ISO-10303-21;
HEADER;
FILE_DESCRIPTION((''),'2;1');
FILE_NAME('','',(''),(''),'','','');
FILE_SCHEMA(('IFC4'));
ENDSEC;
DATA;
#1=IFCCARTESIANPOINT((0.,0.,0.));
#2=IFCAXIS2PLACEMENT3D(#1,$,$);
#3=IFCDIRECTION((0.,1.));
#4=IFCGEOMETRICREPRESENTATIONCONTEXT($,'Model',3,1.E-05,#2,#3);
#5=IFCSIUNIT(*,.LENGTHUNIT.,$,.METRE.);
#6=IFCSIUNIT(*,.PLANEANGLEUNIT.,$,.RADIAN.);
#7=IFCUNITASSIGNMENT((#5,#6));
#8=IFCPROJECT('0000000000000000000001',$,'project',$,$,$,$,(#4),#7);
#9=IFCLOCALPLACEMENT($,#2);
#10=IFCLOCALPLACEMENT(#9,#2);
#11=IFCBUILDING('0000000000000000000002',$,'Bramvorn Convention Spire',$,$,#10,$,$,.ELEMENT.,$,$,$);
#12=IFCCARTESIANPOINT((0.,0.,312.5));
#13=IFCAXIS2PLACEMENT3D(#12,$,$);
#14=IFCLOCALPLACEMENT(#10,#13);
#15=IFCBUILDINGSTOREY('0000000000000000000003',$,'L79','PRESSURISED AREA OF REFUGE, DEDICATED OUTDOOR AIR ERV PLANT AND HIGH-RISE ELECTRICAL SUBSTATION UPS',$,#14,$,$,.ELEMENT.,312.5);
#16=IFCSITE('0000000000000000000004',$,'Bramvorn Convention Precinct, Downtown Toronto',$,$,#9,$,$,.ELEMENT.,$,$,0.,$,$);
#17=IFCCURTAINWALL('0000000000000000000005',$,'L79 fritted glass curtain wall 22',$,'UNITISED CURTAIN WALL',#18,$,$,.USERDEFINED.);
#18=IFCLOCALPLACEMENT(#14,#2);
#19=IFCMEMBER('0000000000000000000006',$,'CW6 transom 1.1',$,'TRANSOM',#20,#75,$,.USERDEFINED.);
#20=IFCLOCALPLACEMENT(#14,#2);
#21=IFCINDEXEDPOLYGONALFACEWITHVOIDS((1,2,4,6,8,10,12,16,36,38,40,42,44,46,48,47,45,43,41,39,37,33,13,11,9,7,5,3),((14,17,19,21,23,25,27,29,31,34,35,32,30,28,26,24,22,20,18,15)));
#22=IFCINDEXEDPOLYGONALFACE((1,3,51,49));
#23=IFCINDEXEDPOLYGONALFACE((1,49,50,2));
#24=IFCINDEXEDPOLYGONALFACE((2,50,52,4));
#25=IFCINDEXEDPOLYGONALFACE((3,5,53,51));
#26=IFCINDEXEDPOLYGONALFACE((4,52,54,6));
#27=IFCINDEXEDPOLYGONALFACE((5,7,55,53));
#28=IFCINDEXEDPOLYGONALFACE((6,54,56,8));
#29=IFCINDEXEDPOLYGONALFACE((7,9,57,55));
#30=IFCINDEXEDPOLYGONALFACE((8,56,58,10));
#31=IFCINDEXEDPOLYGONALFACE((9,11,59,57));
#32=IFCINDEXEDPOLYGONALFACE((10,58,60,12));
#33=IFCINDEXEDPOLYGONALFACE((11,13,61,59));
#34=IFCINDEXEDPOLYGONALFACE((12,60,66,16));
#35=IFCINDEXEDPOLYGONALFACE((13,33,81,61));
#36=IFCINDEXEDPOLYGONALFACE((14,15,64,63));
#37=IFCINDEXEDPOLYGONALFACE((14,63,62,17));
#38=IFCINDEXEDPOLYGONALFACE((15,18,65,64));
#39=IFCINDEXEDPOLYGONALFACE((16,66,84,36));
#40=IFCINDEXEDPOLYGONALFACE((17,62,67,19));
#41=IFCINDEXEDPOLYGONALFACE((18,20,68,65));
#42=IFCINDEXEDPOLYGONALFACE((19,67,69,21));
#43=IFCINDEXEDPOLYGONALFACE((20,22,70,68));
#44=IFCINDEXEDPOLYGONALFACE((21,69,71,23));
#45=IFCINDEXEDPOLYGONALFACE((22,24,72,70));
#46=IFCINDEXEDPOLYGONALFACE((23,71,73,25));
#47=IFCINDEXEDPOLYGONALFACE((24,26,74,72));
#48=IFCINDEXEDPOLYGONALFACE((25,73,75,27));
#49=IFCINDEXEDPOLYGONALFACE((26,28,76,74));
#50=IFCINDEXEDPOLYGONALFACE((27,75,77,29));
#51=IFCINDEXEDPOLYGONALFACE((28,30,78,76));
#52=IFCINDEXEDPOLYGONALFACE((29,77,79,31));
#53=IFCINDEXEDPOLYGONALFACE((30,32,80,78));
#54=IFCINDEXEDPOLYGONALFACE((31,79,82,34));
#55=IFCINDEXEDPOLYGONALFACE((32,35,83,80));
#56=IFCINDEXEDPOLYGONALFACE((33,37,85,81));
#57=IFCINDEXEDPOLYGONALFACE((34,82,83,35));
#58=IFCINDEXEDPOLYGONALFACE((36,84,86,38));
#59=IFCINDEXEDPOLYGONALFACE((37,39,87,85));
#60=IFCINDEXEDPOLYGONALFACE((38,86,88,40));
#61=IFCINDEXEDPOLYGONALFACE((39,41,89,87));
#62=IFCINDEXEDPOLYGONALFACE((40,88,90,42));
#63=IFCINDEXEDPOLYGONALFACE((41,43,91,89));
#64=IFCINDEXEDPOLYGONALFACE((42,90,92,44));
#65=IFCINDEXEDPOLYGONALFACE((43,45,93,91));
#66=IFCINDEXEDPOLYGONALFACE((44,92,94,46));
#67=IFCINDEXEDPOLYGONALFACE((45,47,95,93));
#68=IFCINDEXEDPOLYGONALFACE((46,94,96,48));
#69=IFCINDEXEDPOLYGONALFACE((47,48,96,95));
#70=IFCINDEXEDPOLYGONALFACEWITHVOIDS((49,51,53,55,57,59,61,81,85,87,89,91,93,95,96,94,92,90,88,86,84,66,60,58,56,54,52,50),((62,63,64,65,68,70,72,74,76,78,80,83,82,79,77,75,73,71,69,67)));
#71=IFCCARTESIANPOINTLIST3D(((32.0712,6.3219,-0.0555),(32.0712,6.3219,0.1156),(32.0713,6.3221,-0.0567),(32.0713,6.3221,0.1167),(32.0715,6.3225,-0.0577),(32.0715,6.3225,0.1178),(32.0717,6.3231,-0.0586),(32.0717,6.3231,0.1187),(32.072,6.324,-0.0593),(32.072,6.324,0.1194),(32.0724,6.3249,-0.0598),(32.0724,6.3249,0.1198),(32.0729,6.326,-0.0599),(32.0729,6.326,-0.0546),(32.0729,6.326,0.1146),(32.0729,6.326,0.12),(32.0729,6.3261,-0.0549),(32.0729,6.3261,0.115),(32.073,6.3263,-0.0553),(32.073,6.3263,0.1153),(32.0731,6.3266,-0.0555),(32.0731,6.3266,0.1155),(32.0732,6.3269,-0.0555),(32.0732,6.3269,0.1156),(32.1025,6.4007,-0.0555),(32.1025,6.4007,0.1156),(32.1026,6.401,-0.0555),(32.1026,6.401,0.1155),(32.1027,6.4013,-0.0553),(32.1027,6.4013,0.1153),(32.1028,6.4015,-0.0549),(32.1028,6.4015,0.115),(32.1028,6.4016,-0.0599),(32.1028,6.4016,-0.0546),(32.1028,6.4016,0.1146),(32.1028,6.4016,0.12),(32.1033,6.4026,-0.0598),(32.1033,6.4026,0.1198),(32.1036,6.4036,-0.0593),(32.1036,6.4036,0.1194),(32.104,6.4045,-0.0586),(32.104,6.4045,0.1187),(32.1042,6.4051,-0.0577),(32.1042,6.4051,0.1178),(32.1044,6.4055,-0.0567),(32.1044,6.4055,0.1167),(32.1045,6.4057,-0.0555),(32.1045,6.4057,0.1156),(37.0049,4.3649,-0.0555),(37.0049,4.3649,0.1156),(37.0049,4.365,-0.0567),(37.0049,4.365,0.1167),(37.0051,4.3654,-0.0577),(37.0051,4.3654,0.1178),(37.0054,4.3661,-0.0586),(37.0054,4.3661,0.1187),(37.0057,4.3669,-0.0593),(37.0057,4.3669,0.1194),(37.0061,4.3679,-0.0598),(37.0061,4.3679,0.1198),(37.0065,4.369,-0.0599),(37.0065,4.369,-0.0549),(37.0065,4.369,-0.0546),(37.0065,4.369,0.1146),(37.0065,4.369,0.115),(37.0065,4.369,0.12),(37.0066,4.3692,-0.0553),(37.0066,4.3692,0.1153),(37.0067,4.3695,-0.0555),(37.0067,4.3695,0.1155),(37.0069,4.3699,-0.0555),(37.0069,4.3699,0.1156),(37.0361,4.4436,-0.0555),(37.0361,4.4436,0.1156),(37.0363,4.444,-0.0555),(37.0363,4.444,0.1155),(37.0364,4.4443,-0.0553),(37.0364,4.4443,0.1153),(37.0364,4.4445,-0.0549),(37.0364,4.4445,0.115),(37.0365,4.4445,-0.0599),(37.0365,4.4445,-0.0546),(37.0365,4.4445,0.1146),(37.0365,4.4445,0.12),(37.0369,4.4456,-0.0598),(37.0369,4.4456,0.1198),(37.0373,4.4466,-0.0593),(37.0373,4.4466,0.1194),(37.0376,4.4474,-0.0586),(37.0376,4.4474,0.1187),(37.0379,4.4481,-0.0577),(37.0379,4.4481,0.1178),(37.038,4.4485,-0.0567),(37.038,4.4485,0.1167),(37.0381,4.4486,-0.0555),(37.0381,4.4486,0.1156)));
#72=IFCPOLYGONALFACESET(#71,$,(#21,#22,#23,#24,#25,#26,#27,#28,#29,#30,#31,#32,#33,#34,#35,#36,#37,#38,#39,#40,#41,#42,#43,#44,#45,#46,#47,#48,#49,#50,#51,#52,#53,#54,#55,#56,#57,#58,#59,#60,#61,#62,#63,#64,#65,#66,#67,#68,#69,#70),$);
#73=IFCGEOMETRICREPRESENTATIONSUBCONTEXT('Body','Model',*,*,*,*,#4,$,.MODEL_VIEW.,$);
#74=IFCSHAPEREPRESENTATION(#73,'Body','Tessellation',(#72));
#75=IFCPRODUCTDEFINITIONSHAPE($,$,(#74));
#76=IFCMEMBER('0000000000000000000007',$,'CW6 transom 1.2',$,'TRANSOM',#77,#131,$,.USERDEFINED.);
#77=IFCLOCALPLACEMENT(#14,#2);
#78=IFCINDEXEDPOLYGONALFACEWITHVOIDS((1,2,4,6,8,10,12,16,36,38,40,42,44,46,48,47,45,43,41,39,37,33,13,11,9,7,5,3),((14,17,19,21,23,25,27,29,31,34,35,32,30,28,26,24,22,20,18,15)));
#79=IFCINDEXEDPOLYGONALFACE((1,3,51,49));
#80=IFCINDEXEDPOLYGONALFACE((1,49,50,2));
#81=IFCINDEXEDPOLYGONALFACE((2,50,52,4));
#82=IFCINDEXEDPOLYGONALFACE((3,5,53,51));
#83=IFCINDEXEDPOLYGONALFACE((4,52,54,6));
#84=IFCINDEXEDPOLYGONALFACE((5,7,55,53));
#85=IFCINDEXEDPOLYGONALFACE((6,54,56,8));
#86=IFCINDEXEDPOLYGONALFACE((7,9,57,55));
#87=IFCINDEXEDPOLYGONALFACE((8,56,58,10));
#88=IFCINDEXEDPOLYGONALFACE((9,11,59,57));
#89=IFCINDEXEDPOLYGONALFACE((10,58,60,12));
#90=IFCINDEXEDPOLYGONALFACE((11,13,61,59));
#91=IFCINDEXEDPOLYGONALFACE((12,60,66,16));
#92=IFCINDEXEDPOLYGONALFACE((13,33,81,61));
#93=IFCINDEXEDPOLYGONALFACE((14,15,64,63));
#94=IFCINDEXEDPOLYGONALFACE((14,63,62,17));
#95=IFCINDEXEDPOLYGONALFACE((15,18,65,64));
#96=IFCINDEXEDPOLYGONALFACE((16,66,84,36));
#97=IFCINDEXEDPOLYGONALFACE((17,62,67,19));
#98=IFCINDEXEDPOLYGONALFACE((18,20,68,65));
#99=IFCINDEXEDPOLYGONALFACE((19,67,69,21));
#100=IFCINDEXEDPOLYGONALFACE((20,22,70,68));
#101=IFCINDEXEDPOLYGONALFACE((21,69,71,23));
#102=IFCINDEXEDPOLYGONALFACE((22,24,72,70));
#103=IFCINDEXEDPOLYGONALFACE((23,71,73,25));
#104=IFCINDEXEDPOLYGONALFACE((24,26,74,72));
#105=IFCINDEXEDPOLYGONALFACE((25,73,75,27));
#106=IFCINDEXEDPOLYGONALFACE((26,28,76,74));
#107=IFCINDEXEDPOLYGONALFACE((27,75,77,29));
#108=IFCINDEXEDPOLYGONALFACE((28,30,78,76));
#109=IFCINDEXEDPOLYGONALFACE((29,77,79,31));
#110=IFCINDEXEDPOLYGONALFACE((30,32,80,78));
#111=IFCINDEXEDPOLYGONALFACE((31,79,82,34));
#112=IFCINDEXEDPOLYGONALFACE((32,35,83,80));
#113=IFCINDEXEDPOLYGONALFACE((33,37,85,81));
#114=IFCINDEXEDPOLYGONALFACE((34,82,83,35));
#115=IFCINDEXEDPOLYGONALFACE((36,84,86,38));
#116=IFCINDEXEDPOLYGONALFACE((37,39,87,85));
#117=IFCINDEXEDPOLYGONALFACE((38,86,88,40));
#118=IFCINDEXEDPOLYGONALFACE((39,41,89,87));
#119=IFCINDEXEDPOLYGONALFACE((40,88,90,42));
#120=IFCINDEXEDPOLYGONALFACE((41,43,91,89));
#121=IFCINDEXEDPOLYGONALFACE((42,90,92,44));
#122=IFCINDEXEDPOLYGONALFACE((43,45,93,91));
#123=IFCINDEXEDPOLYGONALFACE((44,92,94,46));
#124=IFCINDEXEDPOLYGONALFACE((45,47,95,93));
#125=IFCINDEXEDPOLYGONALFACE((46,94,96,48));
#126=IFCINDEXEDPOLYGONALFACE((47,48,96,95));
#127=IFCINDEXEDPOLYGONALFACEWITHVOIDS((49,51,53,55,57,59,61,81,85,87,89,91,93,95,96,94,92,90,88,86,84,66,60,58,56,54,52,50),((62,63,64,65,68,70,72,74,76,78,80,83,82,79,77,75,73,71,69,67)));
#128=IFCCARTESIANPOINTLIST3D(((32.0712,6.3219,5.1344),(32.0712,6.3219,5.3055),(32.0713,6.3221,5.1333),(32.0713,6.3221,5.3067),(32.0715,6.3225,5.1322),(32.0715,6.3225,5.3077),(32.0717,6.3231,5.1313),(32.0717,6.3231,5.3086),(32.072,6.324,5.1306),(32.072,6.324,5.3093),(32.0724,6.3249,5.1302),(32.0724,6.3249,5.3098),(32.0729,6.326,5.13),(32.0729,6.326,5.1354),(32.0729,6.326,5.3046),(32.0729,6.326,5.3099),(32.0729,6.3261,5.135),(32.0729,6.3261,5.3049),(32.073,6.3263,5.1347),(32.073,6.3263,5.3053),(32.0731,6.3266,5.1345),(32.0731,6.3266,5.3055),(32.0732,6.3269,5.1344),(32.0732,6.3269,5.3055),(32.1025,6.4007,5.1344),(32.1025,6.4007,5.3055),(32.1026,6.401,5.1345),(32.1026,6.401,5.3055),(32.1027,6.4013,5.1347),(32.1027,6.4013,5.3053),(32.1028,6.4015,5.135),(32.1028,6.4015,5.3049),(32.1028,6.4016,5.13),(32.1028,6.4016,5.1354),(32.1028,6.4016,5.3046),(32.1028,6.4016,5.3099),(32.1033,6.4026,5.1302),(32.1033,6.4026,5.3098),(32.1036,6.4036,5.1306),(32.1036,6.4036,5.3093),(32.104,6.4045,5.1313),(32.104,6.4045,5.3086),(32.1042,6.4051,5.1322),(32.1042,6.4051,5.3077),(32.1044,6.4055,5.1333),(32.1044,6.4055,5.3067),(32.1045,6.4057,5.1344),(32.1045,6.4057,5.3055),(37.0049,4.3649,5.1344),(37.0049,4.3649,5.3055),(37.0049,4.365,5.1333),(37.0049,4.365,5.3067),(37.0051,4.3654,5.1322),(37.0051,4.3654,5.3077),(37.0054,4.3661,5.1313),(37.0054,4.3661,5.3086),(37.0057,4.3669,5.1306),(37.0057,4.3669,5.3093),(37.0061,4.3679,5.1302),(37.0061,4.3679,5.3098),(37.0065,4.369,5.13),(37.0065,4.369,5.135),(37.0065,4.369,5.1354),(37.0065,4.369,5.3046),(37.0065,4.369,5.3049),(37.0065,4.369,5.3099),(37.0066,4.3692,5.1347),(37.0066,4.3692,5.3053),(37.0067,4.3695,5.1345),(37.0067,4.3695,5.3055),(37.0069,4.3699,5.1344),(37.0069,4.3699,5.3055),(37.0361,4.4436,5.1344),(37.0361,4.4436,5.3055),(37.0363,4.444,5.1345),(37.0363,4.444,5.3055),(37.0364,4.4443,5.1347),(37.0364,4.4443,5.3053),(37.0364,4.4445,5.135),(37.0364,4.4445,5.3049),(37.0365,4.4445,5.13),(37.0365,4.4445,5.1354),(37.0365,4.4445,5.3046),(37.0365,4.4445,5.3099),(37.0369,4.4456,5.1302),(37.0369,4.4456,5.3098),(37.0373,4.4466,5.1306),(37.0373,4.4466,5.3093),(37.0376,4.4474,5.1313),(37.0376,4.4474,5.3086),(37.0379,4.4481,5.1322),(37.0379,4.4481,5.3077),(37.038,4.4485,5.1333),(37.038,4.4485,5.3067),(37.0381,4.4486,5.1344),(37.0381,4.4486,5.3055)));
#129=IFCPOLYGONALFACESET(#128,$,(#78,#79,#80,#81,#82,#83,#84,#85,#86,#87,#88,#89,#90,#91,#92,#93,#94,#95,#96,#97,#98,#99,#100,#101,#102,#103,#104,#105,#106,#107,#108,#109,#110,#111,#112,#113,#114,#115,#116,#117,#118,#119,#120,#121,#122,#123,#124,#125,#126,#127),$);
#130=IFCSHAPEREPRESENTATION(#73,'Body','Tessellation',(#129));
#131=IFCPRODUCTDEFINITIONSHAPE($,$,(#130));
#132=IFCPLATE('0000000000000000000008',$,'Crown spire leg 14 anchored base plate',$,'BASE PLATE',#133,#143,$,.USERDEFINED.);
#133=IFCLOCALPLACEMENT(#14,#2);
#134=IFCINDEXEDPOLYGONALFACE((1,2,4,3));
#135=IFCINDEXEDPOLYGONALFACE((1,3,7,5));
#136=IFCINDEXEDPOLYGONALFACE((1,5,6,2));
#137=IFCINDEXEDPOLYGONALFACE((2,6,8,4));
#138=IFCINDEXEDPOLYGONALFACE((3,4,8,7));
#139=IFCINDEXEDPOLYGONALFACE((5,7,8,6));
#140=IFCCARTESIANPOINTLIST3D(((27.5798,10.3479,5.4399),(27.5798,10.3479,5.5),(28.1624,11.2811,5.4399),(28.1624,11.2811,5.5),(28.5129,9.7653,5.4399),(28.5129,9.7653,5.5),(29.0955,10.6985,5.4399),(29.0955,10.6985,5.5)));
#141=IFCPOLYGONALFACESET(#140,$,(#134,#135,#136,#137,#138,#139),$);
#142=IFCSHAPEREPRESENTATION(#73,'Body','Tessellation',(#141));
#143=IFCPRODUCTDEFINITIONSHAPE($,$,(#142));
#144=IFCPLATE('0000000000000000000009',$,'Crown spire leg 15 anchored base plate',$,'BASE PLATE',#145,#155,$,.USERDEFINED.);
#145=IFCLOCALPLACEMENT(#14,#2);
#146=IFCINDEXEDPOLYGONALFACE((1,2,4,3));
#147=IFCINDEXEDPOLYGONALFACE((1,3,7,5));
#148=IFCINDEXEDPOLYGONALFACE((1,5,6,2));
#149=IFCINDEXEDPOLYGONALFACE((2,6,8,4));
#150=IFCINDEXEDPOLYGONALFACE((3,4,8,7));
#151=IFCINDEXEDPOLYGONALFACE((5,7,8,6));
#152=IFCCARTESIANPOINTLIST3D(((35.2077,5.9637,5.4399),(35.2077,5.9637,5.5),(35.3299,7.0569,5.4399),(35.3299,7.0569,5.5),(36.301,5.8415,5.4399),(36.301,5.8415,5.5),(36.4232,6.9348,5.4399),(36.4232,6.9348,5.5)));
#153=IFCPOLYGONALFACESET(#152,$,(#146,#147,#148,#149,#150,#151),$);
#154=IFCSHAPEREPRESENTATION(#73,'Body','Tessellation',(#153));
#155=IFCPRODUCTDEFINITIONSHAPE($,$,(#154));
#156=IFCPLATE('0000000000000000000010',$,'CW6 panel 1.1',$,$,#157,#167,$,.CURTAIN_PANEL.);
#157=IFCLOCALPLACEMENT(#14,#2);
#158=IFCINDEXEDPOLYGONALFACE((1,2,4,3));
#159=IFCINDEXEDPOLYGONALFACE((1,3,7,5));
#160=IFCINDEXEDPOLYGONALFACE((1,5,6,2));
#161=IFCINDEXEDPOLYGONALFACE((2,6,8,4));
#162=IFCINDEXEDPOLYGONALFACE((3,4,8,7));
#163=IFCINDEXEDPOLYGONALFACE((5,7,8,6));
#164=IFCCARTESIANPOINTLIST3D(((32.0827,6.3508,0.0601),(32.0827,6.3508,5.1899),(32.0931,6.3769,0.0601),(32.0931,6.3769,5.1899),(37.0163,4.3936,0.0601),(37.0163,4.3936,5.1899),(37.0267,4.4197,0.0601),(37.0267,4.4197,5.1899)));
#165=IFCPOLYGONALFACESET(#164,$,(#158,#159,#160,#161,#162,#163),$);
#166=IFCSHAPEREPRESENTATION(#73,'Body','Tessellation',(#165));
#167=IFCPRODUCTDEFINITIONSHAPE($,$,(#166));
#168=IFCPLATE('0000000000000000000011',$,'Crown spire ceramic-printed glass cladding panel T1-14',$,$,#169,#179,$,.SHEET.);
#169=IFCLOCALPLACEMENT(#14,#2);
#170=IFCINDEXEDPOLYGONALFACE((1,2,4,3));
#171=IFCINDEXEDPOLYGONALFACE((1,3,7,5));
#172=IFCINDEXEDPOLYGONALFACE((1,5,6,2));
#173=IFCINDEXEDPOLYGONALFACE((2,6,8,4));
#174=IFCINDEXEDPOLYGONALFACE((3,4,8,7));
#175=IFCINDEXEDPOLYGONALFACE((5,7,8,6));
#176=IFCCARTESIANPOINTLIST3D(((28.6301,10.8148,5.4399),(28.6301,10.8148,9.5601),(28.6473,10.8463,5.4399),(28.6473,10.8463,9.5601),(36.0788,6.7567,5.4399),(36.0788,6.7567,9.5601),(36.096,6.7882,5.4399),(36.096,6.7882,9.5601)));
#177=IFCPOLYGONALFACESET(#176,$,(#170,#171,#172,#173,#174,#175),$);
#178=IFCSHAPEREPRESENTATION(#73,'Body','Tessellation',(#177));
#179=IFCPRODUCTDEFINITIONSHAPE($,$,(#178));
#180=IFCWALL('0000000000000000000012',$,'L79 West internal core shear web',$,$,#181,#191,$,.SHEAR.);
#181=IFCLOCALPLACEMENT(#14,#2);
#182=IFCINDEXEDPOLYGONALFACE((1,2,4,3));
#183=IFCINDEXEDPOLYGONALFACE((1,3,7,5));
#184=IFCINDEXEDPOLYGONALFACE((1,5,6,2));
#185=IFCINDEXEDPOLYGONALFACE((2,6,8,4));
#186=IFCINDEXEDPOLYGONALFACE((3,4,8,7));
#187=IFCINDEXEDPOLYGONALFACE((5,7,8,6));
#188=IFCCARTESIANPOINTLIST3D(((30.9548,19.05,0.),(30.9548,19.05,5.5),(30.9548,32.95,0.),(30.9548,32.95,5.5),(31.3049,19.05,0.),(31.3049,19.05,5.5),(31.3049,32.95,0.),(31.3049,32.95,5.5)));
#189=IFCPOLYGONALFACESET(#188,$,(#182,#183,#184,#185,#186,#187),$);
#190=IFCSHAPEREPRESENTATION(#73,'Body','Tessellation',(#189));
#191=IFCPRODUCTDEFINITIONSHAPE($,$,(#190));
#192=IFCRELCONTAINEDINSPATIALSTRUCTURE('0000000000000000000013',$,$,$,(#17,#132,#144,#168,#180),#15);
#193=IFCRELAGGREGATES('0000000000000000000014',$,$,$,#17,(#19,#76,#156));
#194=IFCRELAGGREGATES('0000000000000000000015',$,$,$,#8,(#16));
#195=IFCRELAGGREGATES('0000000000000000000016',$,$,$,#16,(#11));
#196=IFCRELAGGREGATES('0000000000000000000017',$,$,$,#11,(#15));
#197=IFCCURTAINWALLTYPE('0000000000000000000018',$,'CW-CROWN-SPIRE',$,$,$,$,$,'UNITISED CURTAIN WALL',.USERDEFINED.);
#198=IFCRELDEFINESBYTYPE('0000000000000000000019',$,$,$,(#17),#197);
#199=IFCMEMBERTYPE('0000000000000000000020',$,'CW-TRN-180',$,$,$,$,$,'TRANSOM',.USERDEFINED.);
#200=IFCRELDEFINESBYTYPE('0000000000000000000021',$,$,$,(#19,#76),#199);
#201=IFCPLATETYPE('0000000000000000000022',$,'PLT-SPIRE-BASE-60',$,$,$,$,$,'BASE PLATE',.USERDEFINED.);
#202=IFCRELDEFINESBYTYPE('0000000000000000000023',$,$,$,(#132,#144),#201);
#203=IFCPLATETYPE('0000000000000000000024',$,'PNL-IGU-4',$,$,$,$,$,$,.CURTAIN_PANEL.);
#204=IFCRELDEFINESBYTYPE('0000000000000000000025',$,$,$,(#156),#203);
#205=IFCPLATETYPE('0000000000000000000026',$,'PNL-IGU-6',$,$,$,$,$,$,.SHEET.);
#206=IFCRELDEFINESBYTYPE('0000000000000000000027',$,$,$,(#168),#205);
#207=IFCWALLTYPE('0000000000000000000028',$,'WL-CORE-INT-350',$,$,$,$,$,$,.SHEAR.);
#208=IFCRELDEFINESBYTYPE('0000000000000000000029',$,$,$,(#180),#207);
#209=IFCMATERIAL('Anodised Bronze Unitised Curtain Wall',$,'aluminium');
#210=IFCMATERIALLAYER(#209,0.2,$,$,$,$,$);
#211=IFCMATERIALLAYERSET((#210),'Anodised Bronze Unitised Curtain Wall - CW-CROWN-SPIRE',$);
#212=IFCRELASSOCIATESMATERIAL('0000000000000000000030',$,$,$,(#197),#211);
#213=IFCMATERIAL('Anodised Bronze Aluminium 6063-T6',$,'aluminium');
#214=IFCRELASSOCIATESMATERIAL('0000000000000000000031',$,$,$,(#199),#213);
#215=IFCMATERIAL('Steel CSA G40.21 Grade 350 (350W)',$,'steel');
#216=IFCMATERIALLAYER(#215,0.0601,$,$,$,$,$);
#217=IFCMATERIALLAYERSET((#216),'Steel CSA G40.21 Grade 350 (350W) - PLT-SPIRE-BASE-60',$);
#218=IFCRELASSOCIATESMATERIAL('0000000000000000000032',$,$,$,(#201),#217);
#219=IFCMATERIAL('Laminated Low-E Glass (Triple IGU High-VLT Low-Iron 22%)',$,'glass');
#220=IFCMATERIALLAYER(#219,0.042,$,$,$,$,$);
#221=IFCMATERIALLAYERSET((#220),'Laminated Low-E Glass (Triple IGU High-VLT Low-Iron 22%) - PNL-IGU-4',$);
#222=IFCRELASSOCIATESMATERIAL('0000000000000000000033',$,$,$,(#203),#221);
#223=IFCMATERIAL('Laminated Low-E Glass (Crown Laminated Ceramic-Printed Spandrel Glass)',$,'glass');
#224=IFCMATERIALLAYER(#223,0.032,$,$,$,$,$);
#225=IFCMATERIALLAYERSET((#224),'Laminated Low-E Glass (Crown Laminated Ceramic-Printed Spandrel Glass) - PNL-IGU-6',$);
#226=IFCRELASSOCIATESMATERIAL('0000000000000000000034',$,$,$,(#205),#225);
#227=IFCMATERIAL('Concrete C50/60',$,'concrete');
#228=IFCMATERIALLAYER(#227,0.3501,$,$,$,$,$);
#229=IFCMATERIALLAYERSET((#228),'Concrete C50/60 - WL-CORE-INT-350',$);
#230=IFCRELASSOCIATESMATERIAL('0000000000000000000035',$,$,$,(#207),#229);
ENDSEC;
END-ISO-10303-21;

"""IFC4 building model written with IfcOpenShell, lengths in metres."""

from ifc_helpers import new_model, si_unit, direction, frame, frame_2d, origin, origin_2d, place, context, subcontext, project, spatial, rectangle, hollow_rectangle, extrude, material, layer, layer_set, material_profile, profile_set, type_object, element, aggregate, save


model = new_model("IFC4")

# Units and contexts
model_context = context("Model", 3, precision=1e-05, world=origin(), true_north=direction((0.0, 1.0)))
body_context = subcontext(model_context, "Body", "Model", "MODEL_VIEW")
ifc_project = project(units=[si_unit("LENGTHUNIT", "METRE"), si_unit("PLANEANGLEUNIT", "RADIAN")], contexts=[model_context])

# Site, building, storey
site_placement = place(None, origin())
site = spatial("IfcSite", under=ifc_project, at=site_placement, Name="Bramvorn Convention Precinct, Downtown Toronto", CompositionType="ELEMENT", RefElevation=0.0)
building_placement = place(site_placement, origin())
building = spatial("IfcBuilding", under=site, at=building_placement, Name="Bramvorn Convention Spire", CompositionType="ELEMENT")
storey_placement = place(building_placement, frame((0.0, 0.0, 312.5)))
storey = spatial("IfcBuildingStorey", under=building, at=storey_placement, Name="L79", Description="PRESSURISED AREA OF REFUGE, DEDICATED OUTDOOR AIR ERV PLANT AND HIGH-RISE ELECTRICAL SUBSTATION UPS", CompositionType="ELEMENT", Elevation=312.5)

# Shared definitions
ifc_material_1 = material(Name="Steel CSA G40.21 Grade 350 (350W)", Category="steel")

# Curtain wall
ifc_material_2 = material(Name="Anodised Bronze Unitised Curtain Wall", Category="aluminium")
ifc_layer_1 = layer(ifc_material_2, 0.2)
ifc_layer_set_1 = layer_set([ifc_layer_1], Name="Anodised Bronze Unitised Curtain Wall - CW-CROWN-SPIRE")
curtain_wall_type = type_object("IfcCurtainWallType", Name="CW-CROWN-SPIRE", ElementType="UNITISED CURTAIN WALL", PredefinedType="USERDEFINED", material=ifc_layer_set_1)
curtain_wall_1_placement = place(storey_placement, origin())
curtain_wall_1 = element("IfcCurtainWall", 1, at=curtain_wall_1_placement, inside=storey, type_object=curtain_wall_type, Name="L79 fritted glass curtain wall 22", ObjectType="UNITISED CURTAIN WALL", PredefinedType="USERDEFINED")
ifc_material_3 = material(Name="Anodised Bronze Aluminium 6063-T6", Category="aluminium")

# Members
ifc_material_profile_1 = material_profile(ifc_material_3, hollow_rectangle(XDim=0.0901, YDim=0.1799, WallThickness=0.0044, InnerFilletRadius=0.001, OuterFilletRadius=0.0044, at=origin_2d()))
ifc_profile_set_1 = profile_set([ifc_material_profile_1], Name="Anodised Bronze Aluminium 6063-T6 - CWT90X180")
member_type_1 = type_object("IfcMemberType", Name="CW-TRN-180", ElementType="TRANSOM", PredefinedType="USERDEFINED", material=ifc_profile_set_1)
member_1_placement = place(storey_placement, frame((37.0215, 4.4067, 0.03), z_axis=(-0.929539, 0.368724, 0.0), x_axis=(-0.368724, -0.929539, 0.0)))
member_1 = element("IfcMember", 2, at=member_1_placement, type_object=member_type_1, Name="CW6 transom 1.1", ObjectType="TRANSOM", PredefinedType="USERDEFINED", context=body_context, shape_type="SweptSolid", body=[
    extrude(hollow_rectangle(XDim=0.0901, YDim=0.1799, WallThickness=0.0044, InnerFilletRadius=0.001, OuterFilletRadius=0.0044, at=origin_2d()), origin(), (0.0, 0.0, 1.0), 5.3076),
])
member_2_placement = place(storey_placement, frame((37.0215, 4.4067, 5.22), z_axis=(-0.929539, 0.368724, 0.0), x_axis=(-0.368724, -0.929539, 0.0)))
member_2 = element("IfcMember", 3, at=member_2_placement, type_object=member_type_1, Name="CW6 transom 1.2", ObjectType="TRANSOM", PredefinedType="USERDEFINED", context=body_context, shape_type="SweptSolid", body=[
    extrude(hollow_rectangle(XDim=0.0901, YDim=0.1799, WallThickness=0.0044, InnerFilletRadius=0.001, OuterFilletRadius=0.0044, at=origin_2d()), origin(), (0.0, 0.0, 1.0), 5.3076),
])

# Plates
ifc_layer_2 = layer(ifc_material_1, 0.0601)
ifc_layer_set_2 = layer_set([ifc_layer_2], Name="Steel CSA G40.21 Grade 350 (350W) - PLT-SPIRE-BASE-60")
plate_type_1 = type_object("IfcPlateType", Name="PLT-SPIRE-BASE-60", ElementType="BASE PLATE", PredefinedType="USERDEFINED", material=ifc_layer_set_2)
for number, where, z_axis, x_axis, name in (
    (4, (28.3376, 10.5232, 5.4399), (0.0, 0.0, 1.0), (-0.529581, -0.848259, 0.0), "Crown spire leg 14 anchored base plate"),
    (5, (35.8154, 6.4492, 5.4399), (0.0, 0.0, 1.0), (-0.111044, -0.993816, 0.0), "Crown spire leg 15 anchored base plate"),
):
    element("IfcPlate", number, at=place(storey_placement, frame(where, z_axis=z_axis, x_axis=x_axis)), inside=storey, type_object=plate_type_1, Name=name, ObjectType="BASE PLATE", PredefinedType="USERDEFINED", context=body_context, shape_type="SweptSolid", body=[
        extrude(rectangle(XDim=1.1001, YDim=1.1001, at=origin_2d()), origin(), (0.0, 0.0, 1.0), 0.0601),
    ])

# Plates
ifc_material_4 = material(Name="Laminated Low-E Glass (Triple IGU High-VLT Low-Iron 22%)", Category="glass")
ifc_layer_3 = layer(ifc_material_4, 0.042)
ifc_layer_set_3 = layer_set([ifc_layer_3], Name="Laminated Low-E Glass (Triple IGU High-VLT Low-Iron 22%) - PNL-IGU-4")
plate_type_2 = type_object("IfcPlateType", Name="PNL-IGU-4", PredefinedType="CURTAIN_PANEL", material=ifc_layer_set_3)
plate_1_placement = place(storey_placement, frame((34.5547, 5.3853, 0.0601), z_axis=(0.0, 0.0, 1.0), x_axis=(-0.929533, 0.36874, 0.0)))
plate_1 = element("IfcPlate", 6, at=plate_1_placement, type_object=plate_type_2, Name="CW6 panel 1.1", PredefinedType="CURTAIN_PANEL", context=body_context, shape_type="SweptSolid", body=[
    extrude(rectangle(XDim=5.3076, YDim=0.0281, at=origin_2d()), origin(), (0.0, 0.0, 1.0), 5.1299),
])
aggregate(curtain_wall_1, [member_1, member_2, plate_1])
ifc_material_5 = material(Name="Laminated Low-E Glass (Crown Laminated Ceramic-Printed Spandrel Glass)", Category="glass")
ifc_layer_4 = layer(ifc_material_5, 0.032)
ifc_layer_set_4 = layer_set([ifc_layer_4], Name="Laminated Low-E Glass (Crown Laminated Ceramic-Printed Spandrel Glass) - PNL-IGU-6")
plate_type_3 = type_object("IfcPlateType", Name="PNL-IGU-6", PredefinedType="SHEET", material=ifc_layer_set_4)
plate_2_placement = place(storey_placement, frame((32.363, 8.8015, 5.4399), z_axis=(0.0, 0.0, 1.0), x_axis=(0.878134, -0.478416, 0.0)))
element("IfcPlate", 7, at=plate_2_placement, inside=storey, type_object=plate_type_3, Name="Crown spire ceramic-printed glass cladding panel T1-14", PredefinedType="SHEET", context=body_context, shape_type="SweptSolid", body=[
    extrude(rectangle(XDim=8.4824, YDim=0.0359, at=origin_2d()), origin(), (0.0, 0.0, 1.0), 4.1201),
])

# Wall
ifc_material_6 = material(Name="Concrete C50/60", Category="concrete")
ifc_layer_5 = layer(ifc_material_6, 0.3501)
ifc_layer_set_5 = layer_set([ifc_layer_5], Name="Concrete C50/60 - WL-CORE-INT-350")
wall_type_1 = type_object("IfcWallType", Name="WL-CORE-INT-350", PredefinedType="SHEAR", material=ifc_layer_set_5)
wall_1_placement = place(storey_placement, frame((31.1299, 19.05, 0.0), z_axis=(0.0, 0.0, 1.0), x_axis=(0.0, 1.0, 0.0)))
element("IfcWall", 8, at=wall_1_placement, inside=storey, type_object=wall_type_1, Name="L79 West internal core shear web", PredefinedType="SHEAR", context=body_context, shape_type="SweptSolid", body=[
    extrude(rectangle(XDim=13.8999, YDim=0.3501, at=frame_2d((6.95, 0.0))), origin(), (0.0, 0.0, 1.0), 5.5),
])

save(model, "model.ifc")
